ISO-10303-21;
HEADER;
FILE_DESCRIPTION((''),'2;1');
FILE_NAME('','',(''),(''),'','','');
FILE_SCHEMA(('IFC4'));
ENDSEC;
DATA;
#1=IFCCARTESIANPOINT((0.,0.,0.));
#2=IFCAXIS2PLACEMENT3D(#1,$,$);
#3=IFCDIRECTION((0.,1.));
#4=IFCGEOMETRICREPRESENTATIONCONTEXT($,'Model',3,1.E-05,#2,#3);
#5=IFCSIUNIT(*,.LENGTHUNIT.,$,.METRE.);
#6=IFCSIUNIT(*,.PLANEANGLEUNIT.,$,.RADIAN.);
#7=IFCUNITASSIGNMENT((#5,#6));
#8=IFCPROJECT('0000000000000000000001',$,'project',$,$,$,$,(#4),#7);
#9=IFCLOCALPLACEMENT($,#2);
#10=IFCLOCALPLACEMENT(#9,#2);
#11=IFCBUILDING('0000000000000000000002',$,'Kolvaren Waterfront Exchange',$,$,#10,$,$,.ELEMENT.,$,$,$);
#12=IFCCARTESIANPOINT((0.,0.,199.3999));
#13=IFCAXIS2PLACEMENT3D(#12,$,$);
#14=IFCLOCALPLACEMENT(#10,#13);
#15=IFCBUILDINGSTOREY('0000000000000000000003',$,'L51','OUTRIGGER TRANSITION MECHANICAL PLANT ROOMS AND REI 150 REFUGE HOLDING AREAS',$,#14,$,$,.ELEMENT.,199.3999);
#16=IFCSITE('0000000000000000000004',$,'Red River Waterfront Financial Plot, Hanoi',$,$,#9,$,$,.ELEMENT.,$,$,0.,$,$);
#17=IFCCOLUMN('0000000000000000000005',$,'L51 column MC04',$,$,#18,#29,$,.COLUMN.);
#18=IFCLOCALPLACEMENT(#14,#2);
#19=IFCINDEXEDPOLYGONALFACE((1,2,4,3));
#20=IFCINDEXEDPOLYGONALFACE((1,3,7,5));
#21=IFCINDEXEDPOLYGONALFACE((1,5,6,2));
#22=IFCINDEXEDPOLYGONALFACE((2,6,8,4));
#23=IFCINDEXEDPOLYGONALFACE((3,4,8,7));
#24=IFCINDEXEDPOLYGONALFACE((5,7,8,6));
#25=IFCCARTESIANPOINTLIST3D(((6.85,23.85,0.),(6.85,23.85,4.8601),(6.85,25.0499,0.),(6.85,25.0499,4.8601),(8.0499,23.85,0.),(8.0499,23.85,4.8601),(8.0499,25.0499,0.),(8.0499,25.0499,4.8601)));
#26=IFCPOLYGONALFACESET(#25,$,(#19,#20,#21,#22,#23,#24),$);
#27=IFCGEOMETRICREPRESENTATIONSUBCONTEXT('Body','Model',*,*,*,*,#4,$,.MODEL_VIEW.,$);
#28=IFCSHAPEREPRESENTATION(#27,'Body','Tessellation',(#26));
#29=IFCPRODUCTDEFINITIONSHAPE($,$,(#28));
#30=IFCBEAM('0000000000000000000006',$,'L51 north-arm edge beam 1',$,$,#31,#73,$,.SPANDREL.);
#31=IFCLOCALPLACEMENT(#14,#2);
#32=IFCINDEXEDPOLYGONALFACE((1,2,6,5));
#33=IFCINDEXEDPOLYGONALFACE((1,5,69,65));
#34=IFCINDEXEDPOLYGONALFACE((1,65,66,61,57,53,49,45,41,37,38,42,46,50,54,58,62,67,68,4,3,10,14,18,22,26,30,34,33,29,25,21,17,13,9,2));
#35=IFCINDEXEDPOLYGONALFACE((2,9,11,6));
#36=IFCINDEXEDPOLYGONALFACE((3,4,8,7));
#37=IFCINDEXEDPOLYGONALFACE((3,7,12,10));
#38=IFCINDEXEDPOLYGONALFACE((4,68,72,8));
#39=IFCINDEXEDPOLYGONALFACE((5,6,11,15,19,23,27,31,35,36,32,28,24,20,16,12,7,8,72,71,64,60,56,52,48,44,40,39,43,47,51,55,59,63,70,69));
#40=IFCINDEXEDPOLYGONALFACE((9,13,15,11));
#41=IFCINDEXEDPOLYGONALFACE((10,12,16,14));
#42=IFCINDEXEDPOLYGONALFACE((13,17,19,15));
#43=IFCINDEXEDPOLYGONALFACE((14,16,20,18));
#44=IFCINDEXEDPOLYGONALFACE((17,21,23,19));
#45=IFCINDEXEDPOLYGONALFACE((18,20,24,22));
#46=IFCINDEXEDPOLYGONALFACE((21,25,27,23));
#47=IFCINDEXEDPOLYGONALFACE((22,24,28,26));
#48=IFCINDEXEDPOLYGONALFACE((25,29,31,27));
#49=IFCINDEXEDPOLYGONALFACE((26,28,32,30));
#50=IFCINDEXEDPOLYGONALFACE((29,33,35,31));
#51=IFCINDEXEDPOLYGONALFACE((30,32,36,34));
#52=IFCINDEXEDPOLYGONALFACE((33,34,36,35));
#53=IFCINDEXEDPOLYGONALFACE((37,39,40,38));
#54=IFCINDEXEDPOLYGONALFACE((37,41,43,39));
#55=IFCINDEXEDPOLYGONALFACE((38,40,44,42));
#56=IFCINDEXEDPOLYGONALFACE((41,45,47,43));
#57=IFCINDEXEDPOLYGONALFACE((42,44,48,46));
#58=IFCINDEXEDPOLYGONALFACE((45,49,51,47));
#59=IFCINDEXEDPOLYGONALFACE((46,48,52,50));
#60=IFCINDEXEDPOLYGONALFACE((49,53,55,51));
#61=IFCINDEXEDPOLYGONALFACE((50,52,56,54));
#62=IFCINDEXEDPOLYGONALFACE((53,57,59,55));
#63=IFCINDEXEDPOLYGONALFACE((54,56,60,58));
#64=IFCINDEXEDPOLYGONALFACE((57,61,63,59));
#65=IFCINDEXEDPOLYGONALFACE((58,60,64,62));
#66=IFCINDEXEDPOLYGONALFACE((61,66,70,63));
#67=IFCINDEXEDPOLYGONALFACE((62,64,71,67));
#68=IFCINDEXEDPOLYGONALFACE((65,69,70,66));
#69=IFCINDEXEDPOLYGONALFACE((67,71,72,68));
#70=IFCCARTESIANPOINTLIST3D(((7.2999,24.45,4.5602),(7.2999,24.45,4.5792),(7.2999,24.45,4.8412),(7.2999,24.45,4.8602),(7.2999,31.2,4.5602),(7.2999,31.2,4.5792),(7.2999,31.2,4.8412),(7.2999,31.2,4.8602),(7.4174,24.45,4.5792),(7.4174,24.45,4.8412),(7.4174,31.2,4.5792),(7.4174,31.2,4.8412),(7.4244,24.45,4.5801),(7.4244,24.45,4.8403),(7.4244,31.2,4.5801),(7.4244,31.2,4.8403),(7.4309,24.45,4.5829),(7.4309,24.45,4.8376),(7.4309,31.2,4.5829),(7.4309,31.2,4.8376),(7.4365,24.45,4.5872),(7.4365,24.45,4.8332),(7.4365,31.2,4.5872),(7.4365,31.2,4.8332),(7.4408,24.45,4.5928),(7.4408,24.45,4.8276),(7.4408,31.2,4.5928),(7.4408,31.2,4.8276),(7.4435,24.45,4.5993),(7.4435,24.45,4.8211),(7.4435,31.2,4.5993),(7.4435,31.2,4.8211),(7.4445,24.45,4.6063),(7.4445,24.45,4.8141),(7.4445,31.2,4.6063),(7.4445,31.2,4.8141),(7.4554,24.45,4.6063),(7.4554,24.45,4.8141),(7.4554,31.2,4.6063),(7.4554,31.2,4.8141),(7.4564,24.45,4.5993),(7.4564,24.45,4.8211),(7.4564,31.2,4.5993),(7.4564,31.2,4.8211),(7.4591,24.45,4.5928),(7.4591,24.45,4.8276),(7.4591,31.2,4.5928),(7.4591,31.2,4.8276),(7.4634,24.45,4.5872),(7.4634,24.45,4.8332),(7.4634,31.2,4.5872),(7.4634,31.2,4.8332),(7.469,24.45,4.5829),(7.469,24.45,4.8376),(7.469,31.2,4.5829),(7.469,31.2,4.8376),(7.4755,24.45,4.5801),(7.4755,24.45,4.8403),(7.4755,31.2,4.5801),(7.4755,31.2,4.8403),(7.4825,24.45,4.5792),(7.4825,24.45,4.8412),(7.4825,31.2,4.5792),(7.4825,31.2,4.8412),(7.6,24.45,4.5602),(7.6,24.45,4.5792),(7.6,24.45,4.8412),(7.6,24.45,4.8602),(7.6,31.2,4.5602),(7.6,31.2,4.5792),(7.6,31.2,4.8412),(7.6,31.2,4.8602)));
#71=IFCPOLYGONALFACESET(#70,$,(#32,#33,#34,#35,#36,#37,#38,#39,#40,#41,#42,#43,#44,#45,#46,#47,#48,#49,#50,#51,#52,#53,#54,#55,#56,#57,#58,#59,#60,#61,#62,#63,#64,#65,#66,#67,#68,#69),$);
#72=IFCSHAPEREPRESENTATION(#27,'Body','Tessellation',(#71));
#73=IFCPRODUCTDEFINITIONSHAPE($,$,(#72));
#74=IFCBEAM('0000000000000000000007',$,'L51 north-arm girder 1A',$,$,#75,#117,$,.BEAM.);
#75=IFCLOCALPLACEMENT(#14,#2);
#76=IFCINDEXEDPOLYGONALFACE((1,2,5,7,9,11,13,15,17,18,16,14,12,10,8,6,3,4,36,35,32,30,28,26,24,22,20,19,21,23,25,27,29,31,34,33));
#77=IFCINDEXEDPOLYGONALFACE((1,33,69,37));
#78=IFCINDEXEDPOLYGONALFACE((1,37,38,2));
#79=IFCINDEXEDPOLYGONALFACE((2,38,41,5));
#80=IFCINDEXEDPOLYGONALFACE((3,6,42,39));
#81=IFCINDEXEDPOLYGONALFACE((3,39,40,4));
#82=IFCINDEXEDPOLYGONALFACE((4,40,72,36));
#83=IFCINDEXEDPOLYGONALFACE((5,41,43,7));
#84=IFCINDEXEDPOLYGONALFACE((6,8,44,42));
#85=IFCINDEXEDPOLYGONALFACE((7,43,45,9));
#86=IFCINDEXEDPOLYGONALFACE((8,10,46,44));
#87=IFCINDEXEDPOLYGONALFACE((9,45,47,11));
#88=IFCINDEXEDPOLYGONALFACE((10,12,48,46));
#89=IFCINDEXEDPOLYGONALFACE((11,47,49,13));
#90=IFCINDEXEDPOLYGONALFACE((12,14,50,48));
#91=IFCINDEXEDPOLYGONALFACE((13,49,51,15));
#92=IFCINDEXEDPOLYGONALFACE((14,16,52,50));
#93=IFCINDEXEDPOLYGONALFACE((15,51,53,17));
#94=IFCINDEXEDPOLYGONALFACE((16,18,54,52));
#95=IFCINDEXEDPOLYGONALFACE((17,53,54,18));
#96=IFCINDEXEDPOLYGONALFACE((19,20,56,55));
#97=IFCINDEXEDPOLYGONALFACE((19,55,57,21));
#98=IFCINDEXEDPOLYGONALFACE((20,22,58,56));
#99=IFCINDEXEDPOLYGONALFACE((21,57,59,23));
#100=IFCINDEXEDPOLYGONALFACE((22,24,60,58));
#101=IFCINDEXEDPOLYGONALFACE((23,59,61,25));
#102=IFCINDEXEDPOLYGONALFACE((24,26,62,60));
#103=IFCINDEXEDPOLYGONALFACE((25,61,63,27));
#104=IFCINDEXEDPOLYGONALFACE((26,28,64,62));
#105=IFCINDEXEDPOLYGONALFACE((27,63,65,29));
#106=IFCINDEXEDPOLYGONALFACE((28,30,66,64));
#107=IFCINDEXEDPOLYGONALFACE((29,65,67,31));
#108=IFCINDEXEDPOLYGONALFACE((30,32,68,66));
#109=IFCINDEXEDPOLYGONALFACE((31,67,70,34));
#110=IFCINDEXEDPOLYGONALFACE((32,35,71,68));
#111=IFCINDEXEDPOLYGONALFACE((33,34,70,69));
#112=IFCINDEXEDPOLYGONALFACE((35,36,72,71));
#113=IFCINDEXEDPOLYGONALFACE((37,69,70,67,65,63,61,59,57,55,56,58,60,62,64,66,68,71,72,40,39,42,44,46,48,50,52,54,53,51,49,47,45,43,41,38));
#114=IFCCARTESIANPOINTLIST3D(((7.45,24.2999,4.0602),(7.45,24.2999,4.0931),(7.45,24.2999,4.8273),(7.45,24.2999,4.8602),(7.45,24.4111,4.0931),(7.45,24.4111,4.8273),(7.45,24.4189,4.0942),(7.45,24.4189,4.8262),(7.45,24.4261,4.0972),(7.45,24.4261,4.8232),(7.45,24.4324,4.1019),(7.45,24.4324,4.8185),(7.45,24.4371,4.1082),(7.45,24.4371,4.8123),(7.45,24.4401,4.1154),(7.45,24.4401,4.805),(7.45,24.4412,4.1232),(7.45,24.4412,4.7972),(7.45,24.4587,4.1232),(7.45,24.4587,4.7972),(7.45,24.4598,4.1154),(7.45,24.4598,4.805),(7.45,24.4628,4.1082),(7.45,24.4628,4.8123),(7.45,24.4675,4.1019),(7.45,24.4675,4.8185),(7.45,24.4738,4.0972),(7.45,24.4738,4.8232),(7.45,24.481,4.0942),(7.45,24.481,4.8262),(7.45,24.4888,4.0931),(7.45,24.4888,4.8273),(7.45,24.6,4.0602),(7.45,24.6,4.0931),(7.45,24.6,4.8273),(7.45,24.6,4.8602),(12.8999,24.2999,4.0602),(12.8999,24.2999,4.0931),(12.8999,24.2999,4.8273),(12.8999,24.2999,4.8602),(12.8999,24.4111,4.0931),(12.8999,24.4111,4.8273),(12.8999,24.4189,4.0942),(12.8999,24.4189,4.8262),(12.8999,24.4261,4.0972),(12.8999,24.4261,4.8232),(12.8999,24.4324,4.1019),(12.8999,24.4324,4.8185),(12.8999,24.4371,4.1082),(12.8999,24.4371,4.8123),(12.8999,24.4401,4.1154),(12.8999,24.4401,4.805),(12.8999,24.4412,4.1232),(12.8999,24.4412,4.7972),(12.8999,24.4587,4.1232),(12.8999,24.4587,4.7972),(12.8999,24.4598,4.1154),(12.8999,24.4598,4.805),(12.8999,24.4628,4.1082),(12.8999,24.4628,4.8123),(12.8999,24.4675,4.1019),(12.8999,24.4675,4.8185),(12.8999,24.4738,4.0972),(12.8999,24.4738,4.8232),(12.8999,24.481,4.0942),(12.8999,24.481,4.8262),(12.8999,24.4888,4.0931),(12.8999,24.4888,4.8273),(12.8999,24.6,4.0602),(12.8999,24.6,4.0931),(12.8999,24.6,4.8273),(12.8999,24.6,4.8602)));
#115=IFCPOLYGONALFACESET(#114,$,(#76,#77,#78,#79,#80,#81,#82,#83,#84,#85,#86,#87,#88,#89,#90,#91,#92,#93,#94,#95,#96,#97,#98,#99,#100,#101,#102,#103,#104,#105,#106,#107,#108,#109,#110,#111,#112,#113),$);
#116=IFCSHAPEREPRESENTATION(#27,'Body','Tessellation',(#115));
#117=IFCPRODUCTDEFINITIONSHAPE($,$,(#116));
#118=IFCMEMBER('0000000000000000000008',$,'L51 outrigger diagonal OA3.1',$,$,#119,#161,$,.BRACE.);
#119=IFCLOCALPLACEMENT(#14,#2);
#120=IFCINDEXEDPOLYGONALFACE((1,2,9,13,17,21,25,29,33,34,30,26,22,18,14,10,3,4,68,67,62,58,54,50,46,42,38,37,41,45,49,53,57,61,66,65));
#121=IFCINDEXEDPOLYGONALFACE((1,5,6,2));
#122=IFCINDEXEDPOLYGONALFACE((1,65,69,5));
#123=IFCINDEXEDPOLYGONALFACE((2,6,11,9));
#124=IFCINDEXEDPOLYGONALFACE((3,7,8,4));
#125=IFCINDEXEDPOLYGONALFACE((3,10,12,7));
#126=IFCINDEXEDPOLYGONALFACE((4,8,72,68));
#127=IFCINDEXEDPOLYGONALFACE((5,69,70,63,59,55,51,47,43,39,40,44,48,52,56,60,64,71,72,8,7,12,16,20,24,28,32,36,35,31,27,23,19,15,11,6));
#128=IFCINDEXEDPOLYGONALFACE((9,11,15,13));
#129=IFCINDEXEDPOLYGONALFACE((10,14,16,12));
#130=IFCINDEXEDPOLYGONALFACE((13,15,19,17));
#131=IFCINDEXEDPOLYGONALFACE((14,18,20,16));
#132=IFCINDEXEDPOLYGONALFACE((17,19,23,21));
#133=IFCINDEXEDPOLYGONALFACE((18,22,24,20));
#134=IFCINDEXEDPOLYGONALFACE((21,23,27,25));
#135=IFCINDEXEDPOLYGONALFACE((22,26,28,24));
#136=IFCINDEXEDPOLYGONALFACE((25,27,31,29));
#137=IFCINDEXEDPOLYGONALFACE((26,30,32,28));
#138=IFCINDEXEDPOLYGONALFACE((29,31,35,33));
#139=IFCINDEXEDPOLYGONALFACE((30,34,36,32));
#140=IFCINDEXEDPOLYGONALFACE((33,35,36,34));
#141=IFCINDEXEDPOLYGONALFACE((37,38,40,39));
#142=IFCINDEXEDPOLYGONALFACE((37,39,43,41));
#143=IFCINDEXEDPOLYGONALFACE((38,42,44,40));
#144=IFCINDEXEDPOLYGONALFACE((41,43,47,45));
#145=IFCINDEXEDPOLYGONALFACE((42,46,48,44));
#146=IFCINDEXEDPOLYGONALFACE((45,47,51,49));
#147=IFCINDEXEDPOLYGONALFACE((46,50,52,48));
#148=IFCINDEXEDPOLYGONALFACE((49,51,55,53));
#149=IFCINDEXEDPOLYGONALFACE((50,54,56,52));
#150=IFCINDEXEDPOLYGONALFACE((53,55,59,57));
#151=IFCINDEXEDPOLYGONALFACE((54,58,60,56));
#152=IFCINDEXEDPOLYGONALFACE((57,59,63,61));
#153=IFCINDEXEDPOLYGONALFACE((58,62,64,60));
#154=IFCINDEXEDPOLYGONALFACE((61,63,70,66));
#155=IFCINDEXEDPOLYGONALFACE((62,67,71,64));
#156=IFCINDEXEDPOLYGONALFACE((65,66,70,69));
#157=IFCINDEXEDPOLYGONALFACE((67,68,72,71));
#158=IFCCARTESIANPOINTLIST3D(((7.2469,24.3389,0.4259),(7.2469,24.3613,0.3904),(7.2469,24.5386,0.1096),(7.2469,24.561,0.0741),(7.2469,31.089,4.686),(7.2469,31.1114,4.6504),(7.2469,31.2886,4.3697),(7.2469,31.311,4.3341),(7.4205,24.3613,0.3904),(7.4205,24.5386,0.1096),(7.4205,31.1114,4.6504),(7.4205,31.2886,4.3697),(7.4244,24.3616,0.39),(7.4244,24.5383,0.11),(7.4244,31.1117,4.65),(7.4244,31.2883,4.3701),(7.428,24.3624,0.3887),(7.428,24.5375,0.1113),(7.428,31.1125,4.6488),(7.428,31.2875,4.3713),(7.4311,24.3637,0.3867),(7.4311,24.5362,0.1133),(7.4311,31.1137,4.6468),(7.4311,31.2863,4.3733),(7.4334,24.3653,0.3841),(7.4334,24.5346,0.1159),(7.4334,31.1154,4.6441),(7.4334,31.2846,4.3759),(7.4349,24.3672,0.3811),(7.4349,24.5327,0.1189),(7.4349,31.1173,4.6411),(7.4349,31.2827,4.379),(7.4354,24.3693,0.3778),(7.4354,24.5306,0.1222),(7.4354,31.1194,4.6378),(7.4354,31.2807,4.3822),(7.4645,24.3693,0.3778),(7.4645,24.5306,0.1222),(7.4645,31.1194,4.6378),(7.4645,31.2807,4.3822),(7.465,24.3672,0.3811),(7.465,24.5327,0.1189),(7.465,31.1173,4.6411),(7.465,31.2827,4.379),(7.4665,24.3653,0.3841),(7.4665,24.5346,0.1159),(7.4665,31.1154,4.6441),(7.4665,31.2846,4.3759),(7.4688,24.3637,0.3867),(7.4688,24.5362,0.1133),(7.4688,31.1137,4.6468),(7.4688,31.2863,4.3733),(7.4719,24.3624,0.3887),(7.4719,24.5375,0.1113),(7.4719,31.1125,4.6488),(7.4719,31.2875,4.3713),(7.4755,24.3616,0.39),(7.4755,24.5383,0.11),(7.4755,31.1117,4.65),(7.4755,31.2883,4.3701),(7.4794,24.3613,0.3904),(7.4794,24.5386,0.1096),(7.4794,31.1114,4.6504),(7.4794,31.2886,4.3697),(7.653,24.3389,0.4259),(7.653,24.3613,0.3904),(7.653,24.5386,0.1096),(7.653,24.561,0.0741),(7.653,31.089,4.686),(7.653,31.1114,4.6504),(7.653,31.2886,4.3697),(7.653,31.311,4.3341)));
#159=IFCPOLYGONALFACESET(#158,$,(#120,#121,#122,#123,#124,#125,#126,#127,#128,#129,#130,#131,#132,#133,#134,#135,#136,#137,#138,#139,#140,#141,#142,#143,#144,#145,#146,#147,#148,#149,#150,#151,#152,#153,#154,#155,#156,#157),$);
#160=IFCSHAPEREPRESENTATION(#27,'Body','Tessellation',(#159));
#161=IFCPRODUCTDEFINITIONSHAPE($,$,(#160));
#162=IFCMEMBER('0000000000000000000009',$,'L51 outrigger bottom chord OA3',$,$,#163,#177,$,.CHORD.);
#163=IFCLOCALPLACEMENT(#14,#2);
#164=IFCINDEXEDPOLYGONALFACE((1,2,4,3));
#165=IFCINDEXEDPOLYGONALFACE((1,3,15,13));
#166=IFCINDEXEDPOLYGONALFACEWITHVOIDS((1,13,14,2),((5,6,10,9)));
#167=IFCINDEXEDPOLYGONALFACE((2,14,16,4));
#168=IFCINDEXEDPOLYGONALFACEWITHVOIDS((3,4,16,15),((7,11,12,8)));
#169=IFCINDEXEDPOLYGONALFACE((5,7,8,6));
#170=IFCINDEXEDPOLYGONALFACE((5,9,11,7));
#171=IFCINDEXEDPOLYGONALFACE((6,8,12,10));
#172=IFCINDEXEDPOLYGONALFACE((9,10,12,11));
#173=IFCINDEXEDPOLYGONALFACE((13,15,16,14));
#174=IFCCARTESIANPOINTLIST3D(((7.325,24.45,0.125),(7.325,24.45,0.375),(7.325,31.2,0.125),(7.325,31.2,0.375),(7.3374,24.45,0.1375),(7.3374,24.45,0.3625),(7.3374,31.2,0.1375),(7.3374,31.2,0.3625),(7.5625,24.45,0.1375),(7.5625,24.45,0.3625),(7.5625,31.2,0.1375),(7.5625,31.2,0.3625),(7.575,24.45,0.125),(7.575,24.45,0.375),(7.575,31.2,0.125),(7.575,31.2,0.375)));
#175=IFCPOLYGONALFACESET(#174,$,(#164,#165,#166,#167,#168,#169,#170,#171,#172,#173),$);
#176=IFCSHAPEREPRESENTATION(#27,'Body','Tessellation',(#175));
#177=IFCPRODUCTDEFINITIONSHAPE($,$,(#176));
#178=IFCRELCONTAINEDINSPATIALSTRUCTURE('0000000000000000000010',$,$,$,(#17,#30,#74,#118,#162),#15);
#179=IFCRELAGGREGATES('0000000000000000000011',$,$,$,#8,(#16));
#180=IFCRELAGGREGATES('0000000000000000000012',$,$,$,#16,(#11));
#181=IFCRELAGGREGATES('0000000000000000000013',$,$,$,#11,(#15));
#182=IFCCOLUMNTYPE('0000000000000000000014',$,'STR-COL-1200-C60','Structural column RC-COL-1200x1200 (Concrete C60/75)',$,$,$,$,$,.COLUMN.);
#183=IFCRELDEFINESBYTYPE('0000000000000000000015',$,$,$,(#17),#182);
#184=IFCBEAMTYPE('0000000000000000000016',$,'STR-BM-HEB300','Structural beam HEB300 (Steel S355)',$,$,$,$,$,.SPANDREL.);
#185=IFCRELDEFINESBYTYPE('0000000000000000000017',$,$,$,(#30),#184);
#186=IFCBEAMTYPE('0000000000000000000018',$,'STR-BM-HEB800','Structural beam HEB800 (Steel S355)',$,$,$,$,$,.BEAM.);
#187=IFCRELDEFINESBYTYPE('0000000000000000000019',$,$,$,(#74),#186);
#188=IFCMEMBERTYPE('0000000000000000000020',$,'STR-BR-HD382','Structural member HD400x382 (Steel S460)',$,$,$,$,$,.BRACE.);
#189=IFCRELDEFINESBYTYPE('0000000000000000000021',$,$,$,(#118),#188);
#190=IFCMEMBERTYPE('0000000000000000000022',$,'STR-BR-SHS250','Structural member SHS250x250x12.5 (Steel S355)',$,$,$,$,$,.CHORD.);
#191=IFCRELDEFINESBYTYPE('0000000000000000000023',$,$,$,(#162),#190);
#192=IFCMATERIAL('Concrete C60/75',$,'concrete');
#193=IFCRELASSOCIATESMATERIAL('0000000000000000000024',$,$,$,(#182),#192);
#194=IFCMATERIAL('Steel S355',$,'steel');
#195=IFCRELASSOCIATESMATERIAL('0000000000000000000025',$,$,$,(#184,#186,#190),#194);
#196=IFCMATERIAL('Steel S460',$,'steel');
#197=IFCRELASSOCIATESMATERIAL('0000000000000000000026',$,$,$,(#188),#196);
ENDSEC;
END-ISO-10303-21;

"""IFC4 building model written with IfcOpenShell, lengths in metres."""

from ifc_helpers import new_model, si_unit, direction, frame, origin, origin_2d, place, context, subcontext, project, spatial, rectangle, hollow_rectangle, i_section, extrude, material, material_profile, profile_set, type_object, element, save


model = new_model("IFC4")

# Units and contexts
model_context = context("Model", 3, precision=1e-05, world=origin(), true_north=direction((0.0, 1.0)))
body_context = subcontext(model_context, "Body", "Model", "MODEL_VIEW")
ifc_project = project(units=[si_unit("LENGTHUNIT", "METRE"), si_unit("PLANEANGLEUNIT", "RADIAN")], contexts=[model_context])

# Site, building, storey
site_placement = place(None, origin())
site = spatial("IfcSite", under=ifc_project, at=site_placement, Name="Red River Waterfront Financial Plot, Hanoi", CompositionType="ELEMENT", RefElevation=0.0)
building_placement = place(site_placement, origin())
building = spatial("IfcBuilding", under=site, at=building_placement, Name="Kolvaren Waterfront Exchange", CompositionType="ELEMENT")
storey_placement = place(building_placement, frame((0.0, 0.0, 199.3999)))
storey = spatial("IfcBuildingStorey", under=building, at=storey_placement, Name="L51", Description="OUTRIGGER TRANSITION MECHANICAL PLANT ROOMS AND REI 150 REFUGE HOLDING AREAS", CompositionType="ELEMENT", Elevation=199.3999)

# Column
ifc_material_1 = material(Name="Concrete C60/75", Category="concrete")
ifc_material_profile_1 = material_profile(ifc_material_1, rectangle(XDim=1.2, YDim=1.2, at=origin_2d()), Name="RC-COL-1200x1200")
ifc_profile_set_1 = profile_set([ifc_material_profile_1], Name="Concrete C60/75")
column_type = type_object("IfcColumnType", Name="STR-COL-1200-C60", Description="Structural column RC-COL-1200x1200 (Concrete C60/75)", PredefinedType="COLUMN", material=ifc_profile_set_1)
column_placement = place(storey_placement, frame((7.45, 24.45, 0.0), z_axis=(0.0, 0.0, 1.0), x_axis=(1.0, 0.0, 0.0)))
element("IfcColumn", 1, at=column_placement, inside=storey, type_object=column_type, Name="L51 column MC04", PredefinedType="COLUMN", context=body_context, shape_type="SweptSolid", body=[
    extrude(rectangle(XDim=1.2, YDim=1.2, at=origin_2d()), origin(), (0.0, 0.0, 1.0), 4.8601),
])

# Beams
ifc_material_2 = material(Name="Steel S355", Category="steel")
ifc_material_profile_2 = material_profile(ifc_material_2, i_section(OverallWidth=0.3, OverallDepth=0.3, WebThickness=0.011, FlangeThickness=0.019, FilletRadius=0.0271, at=origin_2d()), Name="HEB300")
ifc_profile_set_2 = profile_set([ifc_material_profile_2], Name="Steel S355")
beam_type_1 = type_object("IfcBeamType", Name="STR-BM-HEB300", Description="Structural beam HEB300 (Steel S355)", PredefinedType="SPANDREL", material=ifc_profile_set_2)
beam_1_placement = place(storey_placement, frame((7.45, 24.45, 4.7102), z_axis=(0.0, 1.0, 0.0), x_axis=(-1.0, 0.0, 0.0)))
element("IfcBeam", 2, at=beam_1_placement, inside=storey, type_object=beam_type_1, Name="L51 north-arm edge beam 1", PredefinedType="SPANDREL", context=body_context, shape_type="SweptSolid", body=[
    extrude(i_section(OverallWidth=0.3, OverallDepth=0.3, WebThickness=0.011, FlangeThickness=0.019, FilletRadius=0.0271, at=origin_2d()), origin(), (0.0, 0.0, 1.0), 6.75),
])
ifc_material_profile_3 = material_profile(ifc_material_2, i_section(OverallWidth=0.3, OverallDepth=0.8, WebThickness=0.0176, FlangeThickness=0.033, FilletRadius=0.03, at=origin_2d()), Name="HEB800")
ifc_profile_set_3 = profile_set([ifc_material_profile_3], Name="Steel S355")
beam_type_2 = type_object("IfcBeamType", Name="STR-BM-HEB800", Description="Structural beam HEB800 (Steel S355)", PredefinedType="BEAM", material=ifc_profile_set_3)
beam_2_placement = place(storey_placement, frame((7.45, 24.45, 4.4602), z_axis=(1.0, 0.0, 0.0), x_axis=(0.0, 1.0, 0.0)))
element("IfcBeam", 3, at=beam_2_placement, inside=storey, type_object=beam_type_2, Name="L51 north-arm girder 1A", PredefinedType="BEAM", context=body_context, shape_type="SweptSolid", body=[
    extrude(i_section(OverallWidth=0.3, OverallDepth=0.8, WebThickness=0.0176, FlangeThickness=0.033, FilletRadius=0.03, at=origin_2d()), origin(), (0.0, 0.0, 1.0), 5.45),
])

# Members
ifc_material_3 = material(Name="Steel S460", Category="steel")
ifc_material_profile_4 = material_profile(ifc_material_3, i_section(OverallWidth=0.406, OverallDepth=0.416, WebThickness=0.0291, FlangeThickness=0.042, FilletRadius=0.0149, at=origin_2d()), Name="HD400x382")
ifc_profile_set_4 = profile_set([ifc_material_profile_4], Name="Steel S460")
member_type_1 = type_object("IfcMemberType", Name="STR-BR-HD382", Description="Structural member HD400x382 (Steel S460)", PredefinedType="BRACE", material=ifc_profile_set_4)
member_1_placement = place(storey_placement, frame((7.45, 24.45, 0.25), z_axis=(0.0, 0.845667, 0.533711), x_axis=(-1.0, 0.0, 0.0)))
element("IfcMember", 4, at=member_1_placement, inside=storey, type_object=member_type_1, Name="L51 outrigger diagonal OA3.1", PredefinedType="BRACE", context=body_context, shape_type="SweptSolid", body=[
    extrude(i_section(OverallWidth=0.406, OverallDepth=0.416, WebThickness=0.0291, FlangeThickness=0.042, FilletRadius=0.0149, at=origin_2d()), origin(), (0.0, 0.0, 1.0), 7.9819),
])
ifc_material_profile_5 = material_profile(ifc_material_2, hollow_rectangle(XDim=0.25, YDim=0.25, WallThickness=0.0125, at=origin_2d()), Name="SHS250x250x12.5")
ifc_profile_set_5 = profile_set([ifc_material_profile_5], Name="Steel S355")
member_type_2 = type_object("IfcMemberType", Name="STR-BR-SHS250", Description="Structural member SHS250x250x12.5 (Steel S355)", PredefinedType="CHORD", material=ifc_profile_set_5)
member_2_placement = place(storey_placement, frame((7.45, 24.45, 0.25), z_axis=(0.0, 1.0, 0.0), x_axis=(-1.0, 0.0, 0.0)))
element("IfcMember", 5, at=member_2_placement, inside=storey, type_object=member_type_2, Name="L51 outrigger bottom chord OA3", PredefinedType="CHORD", context=body_context, shape_type="SweptSolid", body=[
    extrude(hollow_rectangle(XDim=0.25, YDim=0.25, WallThickness=0.0125, at=origin_2d()), origin(), (0.0, 0.0, 1.0), 6.75),
])

save(model, "model.ifc")
